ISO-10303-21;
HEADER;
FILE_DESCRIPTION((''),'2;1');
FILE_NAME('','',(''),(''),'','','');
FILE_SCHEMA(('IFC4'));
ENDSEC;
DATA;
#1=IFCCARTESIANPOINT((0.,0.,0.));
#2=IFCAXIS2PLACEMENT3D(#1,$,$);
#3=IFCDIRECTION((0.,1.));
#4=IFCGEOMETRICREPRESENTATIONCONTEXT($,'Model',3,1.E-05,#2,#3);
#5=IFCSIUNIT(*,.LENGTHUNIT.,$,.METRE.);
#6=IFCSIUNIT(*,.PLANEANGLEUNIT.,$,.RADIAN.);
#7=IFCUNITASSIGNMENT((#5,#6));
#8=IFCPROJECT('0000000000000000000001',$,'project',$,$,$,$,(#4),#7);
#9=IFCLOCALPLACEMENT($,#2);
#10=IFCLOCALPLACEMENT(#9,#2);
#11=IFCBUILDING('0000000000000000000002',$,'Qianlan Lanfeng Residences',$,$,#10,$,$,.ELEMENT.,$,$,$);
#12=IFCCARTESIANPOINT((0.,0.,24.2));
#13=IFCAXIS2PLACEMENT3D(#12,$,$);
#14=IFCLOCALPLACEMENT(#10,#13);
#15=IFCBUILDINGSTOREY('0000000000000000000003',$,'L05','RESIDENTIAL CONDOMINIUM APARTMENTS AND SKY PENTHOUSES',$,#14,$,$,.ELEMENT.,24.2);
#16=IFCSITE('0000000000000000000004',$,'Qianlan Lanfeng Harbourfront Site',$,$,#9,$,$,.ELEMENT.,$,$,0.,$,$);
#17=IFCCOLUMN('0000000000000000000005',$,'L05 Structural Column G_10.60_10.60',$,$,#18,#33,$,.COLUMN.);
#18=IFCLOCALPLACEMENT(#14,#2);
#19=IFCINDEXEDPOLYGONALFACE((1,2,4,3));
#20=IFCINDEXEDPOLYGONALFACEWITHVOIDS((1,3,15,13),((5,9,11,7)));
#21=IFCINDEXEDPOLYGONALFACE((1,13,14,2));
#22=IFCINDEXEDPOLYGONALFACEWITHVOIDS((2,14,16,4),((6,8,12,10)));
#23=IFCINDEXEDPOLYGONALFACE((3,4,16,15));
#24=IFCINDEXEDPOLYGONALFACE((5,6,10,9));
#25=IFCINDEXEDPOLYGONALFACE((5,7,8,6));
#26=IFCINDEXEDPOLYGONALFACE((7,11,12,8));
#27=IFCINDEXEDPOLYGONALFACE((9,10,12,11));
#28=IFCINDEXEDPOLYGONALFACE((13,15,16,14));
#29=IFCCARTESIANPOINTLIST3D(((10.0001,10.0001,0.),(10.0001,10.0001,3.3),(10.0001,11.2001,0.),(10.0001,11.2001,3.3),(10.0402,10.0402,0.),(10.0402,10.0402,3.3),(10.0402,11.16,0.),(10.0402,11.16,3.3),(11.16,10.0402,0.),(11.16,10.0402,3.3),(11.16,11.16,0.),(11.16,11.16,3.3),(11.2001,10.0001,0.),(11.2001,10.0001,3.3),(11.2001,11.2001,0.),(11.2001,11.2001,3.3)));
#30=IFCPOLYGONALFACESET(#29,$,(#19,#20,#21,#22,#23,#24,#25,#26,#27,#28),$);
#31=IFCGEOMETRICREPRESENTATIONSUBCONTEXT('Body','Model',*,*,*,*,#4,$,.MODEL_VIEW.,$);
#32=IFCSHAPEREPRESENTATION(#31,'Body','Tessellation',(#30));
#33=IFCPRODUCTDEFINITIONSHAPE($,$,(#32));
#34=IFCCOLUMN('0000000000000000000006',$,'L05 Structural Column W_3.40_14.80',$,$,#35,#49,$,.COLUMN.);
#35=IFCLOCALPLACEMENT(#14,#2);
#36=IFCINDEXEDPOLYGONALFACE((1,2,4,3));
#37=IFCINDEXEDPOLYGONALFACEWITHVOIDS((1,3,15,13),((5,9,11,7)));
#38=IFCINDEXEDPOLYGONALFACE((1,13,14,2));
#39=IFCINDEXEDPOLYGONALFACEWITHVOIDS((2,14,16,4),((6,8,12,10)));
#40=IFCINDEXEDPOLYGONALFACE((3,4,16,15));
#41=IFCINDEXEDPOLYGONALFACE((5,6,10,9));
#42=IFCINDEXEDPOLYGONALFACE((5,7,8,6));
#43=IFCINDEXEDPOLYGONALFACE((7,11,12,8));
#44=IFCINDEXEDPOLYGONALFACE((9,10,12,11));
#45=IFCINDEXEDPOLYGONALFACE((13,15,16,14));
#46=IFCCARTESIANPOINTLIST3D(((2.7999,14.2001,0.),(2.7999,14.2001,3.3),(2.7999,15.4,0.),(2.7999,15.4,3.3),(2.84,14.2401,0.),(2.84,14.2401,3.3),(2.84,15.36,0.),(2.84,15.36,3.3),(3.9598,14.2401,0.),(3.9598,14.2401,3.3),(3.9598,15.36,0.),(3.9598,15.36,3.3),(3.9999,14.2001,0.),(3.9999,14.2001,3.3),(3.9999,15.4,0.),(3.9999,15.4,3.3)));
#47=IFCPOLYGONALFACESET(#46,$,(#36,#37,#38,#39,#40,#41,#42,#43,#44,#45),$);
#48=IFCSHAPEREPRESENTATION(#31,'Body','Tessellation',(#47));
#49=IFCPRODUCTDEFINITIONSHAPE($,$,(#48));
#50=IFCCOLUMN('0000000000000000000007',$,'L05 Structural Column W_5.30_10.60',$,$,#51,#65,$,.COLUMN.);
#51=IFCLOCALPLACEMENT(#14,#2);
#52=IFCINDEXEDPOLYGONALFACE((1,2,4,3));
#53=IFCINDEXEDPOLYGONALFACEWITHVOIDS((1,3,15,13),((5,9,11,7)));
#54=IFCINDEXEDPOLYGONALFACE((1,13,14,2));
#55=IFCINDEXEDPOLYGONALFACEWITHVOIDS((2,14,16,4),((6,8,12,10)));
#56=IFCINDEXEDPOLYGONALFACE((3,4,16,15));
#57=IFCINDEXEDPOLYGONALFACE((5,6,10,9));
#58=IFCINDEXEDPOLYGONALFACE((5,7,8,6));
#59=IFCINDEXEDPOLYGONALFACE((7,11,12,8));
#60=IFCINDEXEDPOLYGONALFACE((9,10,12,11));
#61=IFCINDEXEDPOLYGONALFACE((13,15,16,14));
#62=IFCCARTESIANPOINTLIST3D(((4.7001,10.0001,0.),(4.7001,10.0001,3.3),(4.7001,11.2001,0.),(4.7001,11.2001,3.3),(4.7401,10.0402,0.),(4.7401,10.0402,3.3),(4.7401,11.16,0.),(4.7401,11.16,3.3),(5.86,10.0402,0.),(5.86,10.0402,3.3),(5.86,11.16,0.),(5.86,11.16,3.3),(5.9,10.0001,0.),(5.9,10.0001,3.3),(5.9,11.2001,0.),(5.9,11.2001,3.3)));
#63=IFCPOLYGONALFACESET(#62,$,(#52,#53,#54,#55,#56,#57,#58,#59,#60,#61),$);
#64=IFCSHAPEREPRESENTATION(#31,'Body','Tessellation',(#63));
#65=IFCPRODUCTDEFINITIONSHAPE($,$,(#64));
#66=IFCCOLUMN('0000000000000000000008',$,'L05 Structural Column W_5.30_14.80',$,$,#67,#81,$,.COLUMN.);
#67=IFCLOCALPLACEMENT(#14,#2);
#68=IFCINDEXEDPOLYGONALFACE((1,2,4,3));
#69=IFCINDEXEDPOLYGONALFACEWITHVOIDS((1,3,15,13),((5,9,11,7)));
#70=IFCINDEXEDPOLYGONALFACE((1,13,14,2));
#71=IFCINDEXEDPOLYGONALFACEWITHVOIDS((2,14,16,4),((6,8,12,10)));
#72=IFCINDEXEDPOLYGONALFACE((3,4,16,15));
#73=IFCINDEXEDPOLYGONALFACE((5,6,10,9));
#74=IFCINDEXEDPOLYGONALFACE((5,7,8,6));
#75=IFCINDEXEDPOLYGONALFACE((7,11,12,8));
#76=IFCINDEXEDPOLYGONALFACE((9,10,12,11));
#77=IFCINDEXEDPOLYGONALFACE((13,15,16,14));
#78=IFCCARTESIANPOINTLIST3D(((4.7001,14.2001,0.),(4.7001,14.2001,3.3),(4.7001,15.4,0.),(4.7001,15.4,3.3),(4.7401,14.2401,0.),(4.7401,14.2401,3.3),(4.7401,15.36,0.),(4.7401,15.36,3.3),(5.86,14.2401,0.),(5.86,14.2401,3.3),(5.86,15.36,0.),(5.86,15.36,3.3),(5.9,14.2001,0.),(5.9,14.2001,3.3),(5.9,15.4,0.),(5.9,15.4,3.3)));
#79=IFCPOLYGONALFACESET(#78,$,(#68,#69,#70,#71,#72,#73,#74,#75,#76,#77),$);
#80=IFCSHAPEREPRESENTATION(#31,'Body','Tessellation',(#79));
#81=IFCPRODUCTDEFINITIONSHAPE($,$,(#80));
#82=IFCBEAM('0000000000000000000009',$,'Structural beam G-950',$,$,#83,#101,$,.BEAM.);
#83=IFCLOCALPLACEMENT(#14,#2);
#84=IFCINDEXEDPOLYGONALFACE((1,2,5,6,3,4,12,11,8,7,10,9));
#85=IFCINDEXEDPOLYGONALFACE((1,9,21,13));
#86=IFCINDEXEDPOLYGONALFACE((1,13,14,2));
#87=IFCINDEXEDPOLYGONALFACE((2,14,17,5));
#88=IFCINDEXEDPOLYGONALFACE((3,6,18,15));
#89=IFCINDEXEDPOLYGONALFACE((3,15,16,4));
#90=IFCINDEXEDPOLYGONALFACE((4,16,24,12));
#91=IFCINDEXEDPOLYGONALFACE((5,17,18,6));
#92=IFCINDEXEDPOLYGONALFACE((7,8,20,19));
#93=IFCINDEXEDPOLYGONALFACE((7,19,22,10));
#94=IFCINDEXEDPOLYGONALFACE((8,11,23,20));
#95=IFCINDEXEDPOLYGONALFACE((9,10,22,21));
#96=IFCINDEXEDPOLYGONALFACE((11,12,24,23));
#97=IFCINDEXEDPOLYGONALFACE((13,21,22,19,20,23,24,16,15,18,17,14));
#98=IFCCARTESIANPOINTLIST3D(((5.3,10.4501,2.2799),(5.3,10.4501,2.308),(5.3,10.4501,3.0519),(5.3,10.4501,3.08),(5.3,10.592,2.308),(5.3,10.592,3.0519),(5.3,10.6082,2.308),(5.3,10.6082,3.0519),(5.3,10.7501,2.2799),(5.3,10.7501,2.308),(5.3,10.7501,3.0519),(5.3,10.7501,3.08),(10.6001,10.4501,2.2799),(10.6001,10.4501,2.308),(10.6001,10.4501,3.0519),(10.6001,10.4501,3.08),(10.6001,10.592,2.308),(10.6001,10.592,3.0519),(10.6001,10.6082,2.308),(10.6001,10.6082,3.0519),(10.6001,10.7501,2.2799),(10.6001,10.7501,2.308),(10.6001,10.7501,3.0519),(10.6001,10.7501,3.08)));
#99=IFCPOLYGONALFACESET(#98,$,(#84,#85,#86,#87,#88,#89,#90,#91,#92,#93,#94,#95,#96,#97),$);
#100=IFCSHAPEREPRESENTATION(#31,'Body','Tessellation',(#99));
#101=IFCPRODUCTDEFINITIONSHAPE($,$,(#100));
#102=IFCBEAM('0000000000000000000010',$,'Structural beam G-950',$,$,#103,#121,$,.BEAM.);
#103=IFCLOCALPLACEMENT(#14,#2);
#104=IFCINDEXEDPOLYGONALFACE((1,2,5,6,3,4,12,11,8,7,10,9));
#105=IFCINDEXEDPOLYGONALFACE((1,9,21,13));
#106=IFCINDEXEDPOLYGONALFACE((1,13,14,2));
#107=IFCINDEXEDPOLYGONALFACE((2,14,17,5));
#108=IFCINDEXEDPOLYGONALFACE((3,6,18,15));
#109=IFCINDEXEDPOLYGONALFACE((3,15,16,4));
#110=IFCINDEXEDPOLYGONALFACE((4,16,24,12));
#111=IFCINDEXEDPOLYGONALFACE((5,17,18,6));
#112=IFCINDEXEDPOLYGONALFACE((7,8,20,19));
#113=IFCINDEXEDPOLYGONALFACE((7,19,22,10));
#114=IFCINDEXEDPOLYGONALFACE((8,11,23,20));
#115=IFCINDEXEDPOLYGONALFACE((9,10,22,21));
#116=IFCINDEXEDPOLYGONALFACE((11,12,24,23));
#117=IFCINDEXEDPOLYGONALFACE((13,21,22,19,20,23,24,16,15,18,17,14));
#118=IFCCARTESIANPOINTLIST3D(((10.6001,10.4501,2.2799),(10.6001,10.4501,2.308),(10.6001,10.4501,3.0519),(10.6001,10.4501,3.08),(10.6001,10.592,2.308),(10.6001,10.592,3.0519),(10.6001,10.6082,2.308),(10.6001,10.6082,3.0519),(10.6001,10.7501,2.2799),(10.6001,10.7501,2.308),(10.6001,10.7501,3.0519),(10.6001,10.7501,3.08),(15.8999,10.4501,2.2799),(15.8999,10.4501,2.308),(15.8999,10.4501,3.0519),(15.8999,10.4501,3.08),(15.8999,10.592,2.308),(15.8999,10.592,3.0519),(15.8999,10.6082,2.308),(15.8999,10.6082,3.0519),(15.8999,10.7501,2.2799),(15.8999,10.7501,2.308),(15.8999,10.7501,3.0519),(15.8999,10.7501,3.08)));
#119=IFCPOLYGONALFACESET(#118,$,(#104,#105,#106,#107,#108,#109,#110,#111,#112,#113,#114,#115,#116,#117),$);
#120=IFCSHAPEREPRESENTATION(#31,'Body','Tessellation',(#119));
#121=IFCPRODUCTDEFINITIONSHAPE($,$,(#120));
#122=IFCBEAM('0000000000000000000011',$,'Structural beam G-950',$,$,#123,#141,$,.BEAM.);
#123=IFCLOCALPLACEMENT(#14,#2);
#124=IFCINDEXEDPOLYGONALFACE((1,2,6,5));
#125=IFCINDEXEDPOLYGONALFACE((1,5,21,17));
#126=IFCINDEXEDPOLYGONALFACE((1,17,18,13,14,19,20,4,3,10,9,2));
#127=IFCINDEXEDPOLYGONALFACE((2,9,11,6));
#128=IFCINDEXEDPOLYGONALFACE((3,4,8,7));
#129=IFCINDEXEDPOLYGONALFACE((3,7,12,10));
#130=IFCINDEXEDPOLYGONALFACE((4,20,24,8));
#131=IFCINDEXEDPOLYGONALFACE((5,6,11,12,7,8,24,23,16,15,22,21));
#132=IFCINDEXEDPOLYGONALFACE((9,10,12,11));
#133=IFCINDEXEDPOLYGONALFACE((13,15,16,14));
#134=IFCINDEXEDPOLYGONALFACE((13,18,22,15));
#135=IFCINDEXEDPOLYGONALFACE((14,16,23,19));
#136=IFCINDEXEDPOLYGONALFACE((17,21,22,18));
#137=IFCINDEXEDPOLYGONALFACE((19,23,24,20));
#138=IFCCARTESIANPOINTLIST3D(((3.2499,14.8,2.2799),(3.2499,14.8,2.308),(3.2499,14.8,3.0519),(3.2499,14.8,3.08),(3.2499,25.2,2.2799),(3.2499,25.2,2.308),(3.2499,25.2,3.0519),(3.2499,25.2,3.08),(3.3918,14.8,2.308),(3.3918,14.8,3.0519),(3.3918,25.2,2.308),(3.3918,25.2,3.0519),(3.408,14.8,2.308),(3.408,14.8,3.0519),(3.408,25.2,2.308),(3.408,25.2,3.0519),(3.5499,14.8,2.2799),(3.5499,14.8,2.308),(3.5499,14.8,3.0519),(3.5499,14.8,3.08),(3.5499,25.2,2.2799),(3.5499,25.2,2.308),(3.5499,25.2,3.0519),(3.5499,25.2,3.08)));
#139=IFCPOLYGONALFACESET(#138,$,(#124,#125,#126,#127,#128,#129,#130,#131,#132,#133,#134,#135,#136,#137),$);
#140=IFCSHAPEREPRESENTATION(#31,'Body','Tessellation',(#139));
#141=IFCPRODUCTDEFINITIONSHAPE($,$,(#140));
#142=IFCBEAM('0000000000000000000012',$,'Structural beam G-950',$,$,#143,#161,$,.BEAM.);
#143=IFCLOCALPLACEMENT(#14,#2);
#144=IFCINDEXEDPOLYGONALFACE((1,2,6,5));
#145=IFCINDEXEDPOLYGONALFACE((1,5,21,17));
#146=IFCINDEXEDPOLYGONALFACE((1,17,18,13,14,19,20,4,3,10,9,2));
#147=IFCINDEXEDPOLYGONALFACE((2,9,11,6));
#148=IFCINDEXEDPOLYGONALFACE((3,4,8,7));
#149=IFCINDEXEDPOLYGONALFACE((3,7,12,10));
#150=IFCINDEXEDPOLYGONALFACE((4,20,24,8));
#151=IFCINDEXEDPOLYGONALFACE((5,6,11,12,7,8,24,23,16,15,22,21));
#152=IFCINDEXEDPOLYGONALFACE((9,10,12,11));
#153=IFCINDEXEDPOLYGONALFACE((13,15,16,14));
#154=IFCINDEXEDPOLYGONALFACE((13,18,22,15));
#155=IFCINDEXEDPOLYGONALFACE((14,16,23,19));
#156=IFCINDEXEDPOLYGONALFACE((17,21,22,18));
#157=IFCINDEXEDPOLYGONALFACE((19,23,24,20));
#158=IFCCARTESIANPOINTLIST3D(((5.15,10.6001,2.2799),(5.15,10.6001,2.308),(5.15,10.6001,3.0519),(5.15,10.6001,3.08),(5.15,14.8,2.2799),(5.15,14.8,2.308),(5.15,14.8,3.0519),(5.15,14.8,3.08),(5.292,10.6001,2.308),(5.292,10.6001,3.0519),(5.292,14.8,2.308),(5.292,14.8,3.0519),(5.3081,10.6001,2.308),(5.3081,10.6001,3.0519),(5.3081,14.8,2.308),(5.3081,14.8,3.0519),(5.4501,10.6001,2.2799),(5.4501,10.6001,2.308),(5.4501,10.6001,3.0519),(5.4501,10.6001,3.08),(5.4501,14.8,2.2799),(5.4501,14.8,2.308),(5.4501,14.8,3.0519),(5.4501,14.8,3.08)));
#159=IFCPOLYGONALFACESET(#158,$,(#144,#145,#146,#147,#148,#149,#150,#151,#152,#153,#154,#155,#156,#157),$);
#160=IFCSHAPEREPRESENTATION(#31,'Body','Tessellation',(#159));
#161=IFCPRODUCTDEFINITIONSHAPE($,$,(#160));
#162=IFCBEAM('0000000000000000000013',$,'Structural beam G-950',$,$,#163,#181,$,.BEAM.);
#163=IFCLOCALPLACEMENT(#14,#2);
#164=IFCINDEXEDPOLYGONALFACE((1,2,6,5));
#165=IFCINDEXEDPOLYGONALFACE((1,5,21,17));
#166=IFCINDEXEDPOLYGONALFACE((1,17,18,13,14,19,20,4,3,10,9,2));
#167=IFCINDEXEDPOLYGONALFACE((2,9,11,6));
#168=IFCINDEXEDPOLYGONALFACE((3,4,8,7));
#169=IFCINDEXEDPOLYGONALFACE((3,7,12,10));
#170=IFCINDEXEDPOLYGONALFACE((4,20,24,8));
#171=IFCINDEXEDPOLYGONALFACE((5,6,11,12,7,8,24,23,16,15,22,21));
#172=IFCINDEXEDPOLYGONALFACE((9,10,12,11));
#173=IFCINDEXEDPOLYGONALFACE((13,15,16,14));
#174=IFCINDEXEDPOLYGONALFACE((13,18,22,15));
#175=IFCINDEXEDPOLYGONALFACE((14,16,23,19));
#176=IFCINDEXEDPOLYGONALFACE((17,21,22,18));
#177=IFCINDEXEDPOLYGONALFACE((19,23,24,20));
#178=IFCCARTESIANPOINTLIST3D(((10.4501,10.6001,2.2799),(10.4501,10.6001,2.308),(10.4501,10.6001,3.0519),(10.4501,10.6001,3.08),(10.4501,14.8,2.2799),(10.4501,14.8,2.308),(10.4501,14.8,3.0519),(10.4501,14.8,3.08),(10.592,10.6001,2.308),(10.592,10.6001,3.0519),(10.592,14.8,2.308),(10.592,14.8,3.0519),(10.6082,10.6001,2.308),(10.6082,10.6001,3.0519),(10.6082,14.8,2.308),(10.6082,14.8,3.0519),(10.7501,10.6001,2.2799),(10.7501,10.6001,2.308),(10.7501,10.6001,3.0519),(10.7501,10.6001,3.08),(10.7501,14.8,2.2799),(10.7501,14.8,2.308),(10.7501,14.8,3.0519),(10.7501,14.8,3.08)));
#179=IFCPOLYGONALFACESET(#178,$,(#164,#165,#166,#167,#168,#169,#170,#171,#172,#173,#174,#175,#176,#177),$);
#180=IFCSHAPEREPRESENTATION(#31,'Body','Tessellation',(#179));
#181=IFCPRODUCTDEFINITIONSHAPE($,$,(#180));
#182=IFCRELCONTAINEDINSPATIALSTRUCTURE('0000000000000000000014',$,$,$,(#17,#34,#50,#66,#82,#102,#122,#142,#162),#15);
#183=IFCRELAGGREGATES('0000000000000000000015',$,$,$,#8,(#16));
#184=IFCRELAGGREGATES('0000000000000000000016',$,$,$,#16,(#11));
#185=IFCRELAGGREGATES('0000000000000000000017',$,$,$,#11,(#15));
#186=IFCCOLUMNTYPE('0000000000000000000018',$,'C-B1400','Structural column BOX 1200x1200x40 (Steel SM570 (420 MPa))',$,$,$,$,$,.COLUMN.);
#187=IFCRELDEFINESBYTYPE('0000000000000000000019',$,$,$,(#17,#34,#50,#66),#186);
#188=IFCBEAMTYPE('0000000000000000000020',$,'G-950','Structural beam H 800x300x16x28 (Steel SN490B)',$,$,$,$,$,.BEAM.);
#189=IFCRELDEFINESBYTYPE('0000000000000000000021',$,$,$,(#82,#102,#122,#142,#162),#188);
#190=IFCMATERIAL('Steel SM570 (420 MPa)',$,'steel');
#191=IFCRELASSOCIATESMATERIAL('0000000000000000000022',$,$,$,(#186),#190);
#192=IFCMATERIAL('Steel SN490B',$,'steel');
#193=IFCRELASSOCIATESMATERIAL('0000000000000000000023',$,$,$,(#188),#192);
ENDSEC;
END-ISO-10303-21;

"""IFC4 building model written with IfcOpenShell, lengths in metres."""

from ifc_helpers import new_model, si_unit, direction, frame, origin, origin_2d, place, context, subcontext, project, spatial, hollow_rectangle, i_section, extrude, material, material_profile, profile_set, type_object, element, save


model = new_model("IFC4")

# Units and contexts
model_context = context("Model", 3, precision=1e-05, world=origin(), true_north=direction((0.0, 1.0)))
body_context = subcontext(model_context, "Body", "Model", "MODEL_VIEW")
ifc_project = project(units=[si_unit("LENGTHUNIT", "METRE"), si_unit("PLANEANGLEUNIT", "RADIAN")], contexts=[model_context])

# Site, building, storey
site_placement = place(None, origin())
site = spatial("IfcSite", under=ifc_project, at=site_placement, Name="Qianlan Lanfeng Harbourfront Site", CompositionType="ELEMENT", RefElevation=0.0)
building_placement = place(site_placement, origin())
building = spatial("IfcBuilding", under=site, at=building_placement, Name="Qianlan Lanfeng Residences", CompositionType="ELEMENT")
storey_placement = place(building_placement, frame((0.0, 0.0, 24.2)))
storey = spatial("IfcBuildingStorey", under=building, at=storey_placement, Name="L05", Description="RESIDENTIAL CONDOMINIUM APARTMENTS AND SKY PENTHOUSES", CompositionType="ELEMENT", Elevation=24.2)

# Columns
ifc_material_1 = material(Name="Steel SM570 (420 MPa)", Category="steel")
ifc_material_profile_1 = material_profile(ifc_material_1, hollow_rectangle(XDim=1.2, YDim=1.2, WallThickness=0.04, at=origin_2d()), Name="BOX 1200x1200x40")
ifc_profile_set_1 = profile_set([ifc_material_profile_1], Name="Steel SM570 (420 MPa)")
column_type = type_object("IfcColumnType", Name="C-B1400", Description="Structural column BOX 1200x1200x40 (Steel SM570 (420 MPa))", PredefinedType="COLUMN", material=ifc_profile_set_1)
for number, where, z_axis, x_axis, name in (
    (1, (10.6001, 10.6001, 0.0), (0.0, 0.0, 1.0), (1.0, 0.0, 0.0), "L05 Structural Column G_10.60_10.60"),
    (2, (3.3999, 14.8, 0.0), (0.0, 0.0, 1.0), (1.0, 0.0, 0.0), "L05 Structural Column W_3.40_14.80"),
    (3, (5.3, 10.6001, 0.0), (0.0, 0.0, 1.0), (1.0, 0.0, 0.0), "L05 Structural Column W_5.30_10.60"),
    (4, (5.3, 14.8, 0.0), (0.0, 0.0, 1.0), (1.0, 0.0, 0.0), "L05 Structural Column W_5.30_14.80"),
):
    element("IfcColumn", number, at=place(storey_placement, frame(where, z_axis=z_axis, x_axis=x_axis)), inside=storey, type_object=column_type, Name=name, PredefinedType="COLUMN", context=body_context, shape_type="SweptSolid", body=[
        extrude(hollow_rectangle(XDim=1.2, YDim=1.2, WallThickness=0.04, at=origin_2d()), origin(), (0.0, 0.0, 1.0), 3.3),
    ])

# Beams
ifc_material_2 = material(Name="Steel SN490B", Category="steel")
ifc_material_profile_2 = material_profile(ifc_material_2, i_section(OverallWidth=0.3, OverallDepth=0.8, WebThickness=0.0161, FlangeThickness=0.0281, at=origin_2d()), Name="H 800x300x16x28")
ifc_profile_set_2 = profile_set([ifc_material_profile_2], Name="Steel SN490B")
beam_type = type_object("IfcBeamType", Name="G-950", Description="Structural beam H 800x300x16x28 (Steel SN490B)", PredefinedType="BEAM", material=ifc_profile_set_2)
beam_1_placement = place(storey_placement, frame((5.3, 10.6001, 2.6799), z_axis=(1.0, 0.0, 0.0), x_axis=(0.0, 1.0, 0.0)))
element("IfcBeam", 5, at=beam_1_placement, inside=storey, type_object=beam_type, Name="Structural beam G-950", PredefinedType="BEAM", context=body_context, shape_type="SweptSolid", body=[
    extrude(i_section(OverallWidth=0.3, OverallDepth=0.8, WebThickness=0.0161, FlangeThickness=0.0281, at=origin_2d()), origin(), (0.0, 0.0, 1.0), 5.3),
])
beam_2_placement = place(storey_placement, frame((10.6001, 10.6001, 2.6799), z_axis=(1.0, 0.0, 0.0), x_axis=(0.0, 1.0, 0.0)))
element("IfcBeam", 6, at=beam_2_placement, inside=storey, type_object=beam_type, Name="Structural beam G-950", PredefinedType="BEAM", context=body_context, shape_type="SweptSolid", body=[
    extrude(i_section(OverallWidth=0.3, OverallDepth=0.8, WebThickness=0.0161, FlangeThickness=0.0281, at=origin_2d()), origin(), (0.0, 0.0, 1.0), 5.2998),
])
beam_3_placement = place(storey_placement, frame((3.3999, 14.8, 2.6799), z_axis=(0.0, 1.0, 0.0), x_axis=(-1.0, 0.0, 0.0)))
element("IfcBeam", 7, at=beam_3_placement, inside=storey, type_object=beam_type, Name="Structural beam G-950", PredefinedType="BEAM", context=body_context, shape_type="SweptSolid", body=[
    extrude(i_section(OverallWidth=0.3, OverallDepth=0.8, WebThickness=0.0161, FlangeThickness=0.0281, at=origin_2d()), origin(), (0.0, 0.0, 1.0), 10.3999),
])
for number, where, z_axis, x_axis, name in (
    (8, (5.3, 10.6001, 2.6799), (0.0, 1.0, 0.0), (-1.0, 0.0, 0.0), "Structural beam G-950"),
    (9, (10.6001, 10.6001, 2.6799), (0.0, 1.0, 0.0), (-1.0, 0.0, 0.0), "Structural beam G-950"),
):
    element("IfcBeam", number, at=place(storey_placement, frame(where, z_axis=z_axis, x_axis=x_axis)), inside=storey, type_object=beam_type, Name=name, PredefinedType="BEAM", context=body_context, shape_type="SweptSolid", body=[
        extrude(i_section(OverallWidth=0.3, OverallDepth=0.8, WebThickness=0.0161, FlangeThickness=0.0281, at=origin_2d()), origin(), (0.0, 0.0, 1.0), 4.2),
    ])

save(model, "model.ifc")
